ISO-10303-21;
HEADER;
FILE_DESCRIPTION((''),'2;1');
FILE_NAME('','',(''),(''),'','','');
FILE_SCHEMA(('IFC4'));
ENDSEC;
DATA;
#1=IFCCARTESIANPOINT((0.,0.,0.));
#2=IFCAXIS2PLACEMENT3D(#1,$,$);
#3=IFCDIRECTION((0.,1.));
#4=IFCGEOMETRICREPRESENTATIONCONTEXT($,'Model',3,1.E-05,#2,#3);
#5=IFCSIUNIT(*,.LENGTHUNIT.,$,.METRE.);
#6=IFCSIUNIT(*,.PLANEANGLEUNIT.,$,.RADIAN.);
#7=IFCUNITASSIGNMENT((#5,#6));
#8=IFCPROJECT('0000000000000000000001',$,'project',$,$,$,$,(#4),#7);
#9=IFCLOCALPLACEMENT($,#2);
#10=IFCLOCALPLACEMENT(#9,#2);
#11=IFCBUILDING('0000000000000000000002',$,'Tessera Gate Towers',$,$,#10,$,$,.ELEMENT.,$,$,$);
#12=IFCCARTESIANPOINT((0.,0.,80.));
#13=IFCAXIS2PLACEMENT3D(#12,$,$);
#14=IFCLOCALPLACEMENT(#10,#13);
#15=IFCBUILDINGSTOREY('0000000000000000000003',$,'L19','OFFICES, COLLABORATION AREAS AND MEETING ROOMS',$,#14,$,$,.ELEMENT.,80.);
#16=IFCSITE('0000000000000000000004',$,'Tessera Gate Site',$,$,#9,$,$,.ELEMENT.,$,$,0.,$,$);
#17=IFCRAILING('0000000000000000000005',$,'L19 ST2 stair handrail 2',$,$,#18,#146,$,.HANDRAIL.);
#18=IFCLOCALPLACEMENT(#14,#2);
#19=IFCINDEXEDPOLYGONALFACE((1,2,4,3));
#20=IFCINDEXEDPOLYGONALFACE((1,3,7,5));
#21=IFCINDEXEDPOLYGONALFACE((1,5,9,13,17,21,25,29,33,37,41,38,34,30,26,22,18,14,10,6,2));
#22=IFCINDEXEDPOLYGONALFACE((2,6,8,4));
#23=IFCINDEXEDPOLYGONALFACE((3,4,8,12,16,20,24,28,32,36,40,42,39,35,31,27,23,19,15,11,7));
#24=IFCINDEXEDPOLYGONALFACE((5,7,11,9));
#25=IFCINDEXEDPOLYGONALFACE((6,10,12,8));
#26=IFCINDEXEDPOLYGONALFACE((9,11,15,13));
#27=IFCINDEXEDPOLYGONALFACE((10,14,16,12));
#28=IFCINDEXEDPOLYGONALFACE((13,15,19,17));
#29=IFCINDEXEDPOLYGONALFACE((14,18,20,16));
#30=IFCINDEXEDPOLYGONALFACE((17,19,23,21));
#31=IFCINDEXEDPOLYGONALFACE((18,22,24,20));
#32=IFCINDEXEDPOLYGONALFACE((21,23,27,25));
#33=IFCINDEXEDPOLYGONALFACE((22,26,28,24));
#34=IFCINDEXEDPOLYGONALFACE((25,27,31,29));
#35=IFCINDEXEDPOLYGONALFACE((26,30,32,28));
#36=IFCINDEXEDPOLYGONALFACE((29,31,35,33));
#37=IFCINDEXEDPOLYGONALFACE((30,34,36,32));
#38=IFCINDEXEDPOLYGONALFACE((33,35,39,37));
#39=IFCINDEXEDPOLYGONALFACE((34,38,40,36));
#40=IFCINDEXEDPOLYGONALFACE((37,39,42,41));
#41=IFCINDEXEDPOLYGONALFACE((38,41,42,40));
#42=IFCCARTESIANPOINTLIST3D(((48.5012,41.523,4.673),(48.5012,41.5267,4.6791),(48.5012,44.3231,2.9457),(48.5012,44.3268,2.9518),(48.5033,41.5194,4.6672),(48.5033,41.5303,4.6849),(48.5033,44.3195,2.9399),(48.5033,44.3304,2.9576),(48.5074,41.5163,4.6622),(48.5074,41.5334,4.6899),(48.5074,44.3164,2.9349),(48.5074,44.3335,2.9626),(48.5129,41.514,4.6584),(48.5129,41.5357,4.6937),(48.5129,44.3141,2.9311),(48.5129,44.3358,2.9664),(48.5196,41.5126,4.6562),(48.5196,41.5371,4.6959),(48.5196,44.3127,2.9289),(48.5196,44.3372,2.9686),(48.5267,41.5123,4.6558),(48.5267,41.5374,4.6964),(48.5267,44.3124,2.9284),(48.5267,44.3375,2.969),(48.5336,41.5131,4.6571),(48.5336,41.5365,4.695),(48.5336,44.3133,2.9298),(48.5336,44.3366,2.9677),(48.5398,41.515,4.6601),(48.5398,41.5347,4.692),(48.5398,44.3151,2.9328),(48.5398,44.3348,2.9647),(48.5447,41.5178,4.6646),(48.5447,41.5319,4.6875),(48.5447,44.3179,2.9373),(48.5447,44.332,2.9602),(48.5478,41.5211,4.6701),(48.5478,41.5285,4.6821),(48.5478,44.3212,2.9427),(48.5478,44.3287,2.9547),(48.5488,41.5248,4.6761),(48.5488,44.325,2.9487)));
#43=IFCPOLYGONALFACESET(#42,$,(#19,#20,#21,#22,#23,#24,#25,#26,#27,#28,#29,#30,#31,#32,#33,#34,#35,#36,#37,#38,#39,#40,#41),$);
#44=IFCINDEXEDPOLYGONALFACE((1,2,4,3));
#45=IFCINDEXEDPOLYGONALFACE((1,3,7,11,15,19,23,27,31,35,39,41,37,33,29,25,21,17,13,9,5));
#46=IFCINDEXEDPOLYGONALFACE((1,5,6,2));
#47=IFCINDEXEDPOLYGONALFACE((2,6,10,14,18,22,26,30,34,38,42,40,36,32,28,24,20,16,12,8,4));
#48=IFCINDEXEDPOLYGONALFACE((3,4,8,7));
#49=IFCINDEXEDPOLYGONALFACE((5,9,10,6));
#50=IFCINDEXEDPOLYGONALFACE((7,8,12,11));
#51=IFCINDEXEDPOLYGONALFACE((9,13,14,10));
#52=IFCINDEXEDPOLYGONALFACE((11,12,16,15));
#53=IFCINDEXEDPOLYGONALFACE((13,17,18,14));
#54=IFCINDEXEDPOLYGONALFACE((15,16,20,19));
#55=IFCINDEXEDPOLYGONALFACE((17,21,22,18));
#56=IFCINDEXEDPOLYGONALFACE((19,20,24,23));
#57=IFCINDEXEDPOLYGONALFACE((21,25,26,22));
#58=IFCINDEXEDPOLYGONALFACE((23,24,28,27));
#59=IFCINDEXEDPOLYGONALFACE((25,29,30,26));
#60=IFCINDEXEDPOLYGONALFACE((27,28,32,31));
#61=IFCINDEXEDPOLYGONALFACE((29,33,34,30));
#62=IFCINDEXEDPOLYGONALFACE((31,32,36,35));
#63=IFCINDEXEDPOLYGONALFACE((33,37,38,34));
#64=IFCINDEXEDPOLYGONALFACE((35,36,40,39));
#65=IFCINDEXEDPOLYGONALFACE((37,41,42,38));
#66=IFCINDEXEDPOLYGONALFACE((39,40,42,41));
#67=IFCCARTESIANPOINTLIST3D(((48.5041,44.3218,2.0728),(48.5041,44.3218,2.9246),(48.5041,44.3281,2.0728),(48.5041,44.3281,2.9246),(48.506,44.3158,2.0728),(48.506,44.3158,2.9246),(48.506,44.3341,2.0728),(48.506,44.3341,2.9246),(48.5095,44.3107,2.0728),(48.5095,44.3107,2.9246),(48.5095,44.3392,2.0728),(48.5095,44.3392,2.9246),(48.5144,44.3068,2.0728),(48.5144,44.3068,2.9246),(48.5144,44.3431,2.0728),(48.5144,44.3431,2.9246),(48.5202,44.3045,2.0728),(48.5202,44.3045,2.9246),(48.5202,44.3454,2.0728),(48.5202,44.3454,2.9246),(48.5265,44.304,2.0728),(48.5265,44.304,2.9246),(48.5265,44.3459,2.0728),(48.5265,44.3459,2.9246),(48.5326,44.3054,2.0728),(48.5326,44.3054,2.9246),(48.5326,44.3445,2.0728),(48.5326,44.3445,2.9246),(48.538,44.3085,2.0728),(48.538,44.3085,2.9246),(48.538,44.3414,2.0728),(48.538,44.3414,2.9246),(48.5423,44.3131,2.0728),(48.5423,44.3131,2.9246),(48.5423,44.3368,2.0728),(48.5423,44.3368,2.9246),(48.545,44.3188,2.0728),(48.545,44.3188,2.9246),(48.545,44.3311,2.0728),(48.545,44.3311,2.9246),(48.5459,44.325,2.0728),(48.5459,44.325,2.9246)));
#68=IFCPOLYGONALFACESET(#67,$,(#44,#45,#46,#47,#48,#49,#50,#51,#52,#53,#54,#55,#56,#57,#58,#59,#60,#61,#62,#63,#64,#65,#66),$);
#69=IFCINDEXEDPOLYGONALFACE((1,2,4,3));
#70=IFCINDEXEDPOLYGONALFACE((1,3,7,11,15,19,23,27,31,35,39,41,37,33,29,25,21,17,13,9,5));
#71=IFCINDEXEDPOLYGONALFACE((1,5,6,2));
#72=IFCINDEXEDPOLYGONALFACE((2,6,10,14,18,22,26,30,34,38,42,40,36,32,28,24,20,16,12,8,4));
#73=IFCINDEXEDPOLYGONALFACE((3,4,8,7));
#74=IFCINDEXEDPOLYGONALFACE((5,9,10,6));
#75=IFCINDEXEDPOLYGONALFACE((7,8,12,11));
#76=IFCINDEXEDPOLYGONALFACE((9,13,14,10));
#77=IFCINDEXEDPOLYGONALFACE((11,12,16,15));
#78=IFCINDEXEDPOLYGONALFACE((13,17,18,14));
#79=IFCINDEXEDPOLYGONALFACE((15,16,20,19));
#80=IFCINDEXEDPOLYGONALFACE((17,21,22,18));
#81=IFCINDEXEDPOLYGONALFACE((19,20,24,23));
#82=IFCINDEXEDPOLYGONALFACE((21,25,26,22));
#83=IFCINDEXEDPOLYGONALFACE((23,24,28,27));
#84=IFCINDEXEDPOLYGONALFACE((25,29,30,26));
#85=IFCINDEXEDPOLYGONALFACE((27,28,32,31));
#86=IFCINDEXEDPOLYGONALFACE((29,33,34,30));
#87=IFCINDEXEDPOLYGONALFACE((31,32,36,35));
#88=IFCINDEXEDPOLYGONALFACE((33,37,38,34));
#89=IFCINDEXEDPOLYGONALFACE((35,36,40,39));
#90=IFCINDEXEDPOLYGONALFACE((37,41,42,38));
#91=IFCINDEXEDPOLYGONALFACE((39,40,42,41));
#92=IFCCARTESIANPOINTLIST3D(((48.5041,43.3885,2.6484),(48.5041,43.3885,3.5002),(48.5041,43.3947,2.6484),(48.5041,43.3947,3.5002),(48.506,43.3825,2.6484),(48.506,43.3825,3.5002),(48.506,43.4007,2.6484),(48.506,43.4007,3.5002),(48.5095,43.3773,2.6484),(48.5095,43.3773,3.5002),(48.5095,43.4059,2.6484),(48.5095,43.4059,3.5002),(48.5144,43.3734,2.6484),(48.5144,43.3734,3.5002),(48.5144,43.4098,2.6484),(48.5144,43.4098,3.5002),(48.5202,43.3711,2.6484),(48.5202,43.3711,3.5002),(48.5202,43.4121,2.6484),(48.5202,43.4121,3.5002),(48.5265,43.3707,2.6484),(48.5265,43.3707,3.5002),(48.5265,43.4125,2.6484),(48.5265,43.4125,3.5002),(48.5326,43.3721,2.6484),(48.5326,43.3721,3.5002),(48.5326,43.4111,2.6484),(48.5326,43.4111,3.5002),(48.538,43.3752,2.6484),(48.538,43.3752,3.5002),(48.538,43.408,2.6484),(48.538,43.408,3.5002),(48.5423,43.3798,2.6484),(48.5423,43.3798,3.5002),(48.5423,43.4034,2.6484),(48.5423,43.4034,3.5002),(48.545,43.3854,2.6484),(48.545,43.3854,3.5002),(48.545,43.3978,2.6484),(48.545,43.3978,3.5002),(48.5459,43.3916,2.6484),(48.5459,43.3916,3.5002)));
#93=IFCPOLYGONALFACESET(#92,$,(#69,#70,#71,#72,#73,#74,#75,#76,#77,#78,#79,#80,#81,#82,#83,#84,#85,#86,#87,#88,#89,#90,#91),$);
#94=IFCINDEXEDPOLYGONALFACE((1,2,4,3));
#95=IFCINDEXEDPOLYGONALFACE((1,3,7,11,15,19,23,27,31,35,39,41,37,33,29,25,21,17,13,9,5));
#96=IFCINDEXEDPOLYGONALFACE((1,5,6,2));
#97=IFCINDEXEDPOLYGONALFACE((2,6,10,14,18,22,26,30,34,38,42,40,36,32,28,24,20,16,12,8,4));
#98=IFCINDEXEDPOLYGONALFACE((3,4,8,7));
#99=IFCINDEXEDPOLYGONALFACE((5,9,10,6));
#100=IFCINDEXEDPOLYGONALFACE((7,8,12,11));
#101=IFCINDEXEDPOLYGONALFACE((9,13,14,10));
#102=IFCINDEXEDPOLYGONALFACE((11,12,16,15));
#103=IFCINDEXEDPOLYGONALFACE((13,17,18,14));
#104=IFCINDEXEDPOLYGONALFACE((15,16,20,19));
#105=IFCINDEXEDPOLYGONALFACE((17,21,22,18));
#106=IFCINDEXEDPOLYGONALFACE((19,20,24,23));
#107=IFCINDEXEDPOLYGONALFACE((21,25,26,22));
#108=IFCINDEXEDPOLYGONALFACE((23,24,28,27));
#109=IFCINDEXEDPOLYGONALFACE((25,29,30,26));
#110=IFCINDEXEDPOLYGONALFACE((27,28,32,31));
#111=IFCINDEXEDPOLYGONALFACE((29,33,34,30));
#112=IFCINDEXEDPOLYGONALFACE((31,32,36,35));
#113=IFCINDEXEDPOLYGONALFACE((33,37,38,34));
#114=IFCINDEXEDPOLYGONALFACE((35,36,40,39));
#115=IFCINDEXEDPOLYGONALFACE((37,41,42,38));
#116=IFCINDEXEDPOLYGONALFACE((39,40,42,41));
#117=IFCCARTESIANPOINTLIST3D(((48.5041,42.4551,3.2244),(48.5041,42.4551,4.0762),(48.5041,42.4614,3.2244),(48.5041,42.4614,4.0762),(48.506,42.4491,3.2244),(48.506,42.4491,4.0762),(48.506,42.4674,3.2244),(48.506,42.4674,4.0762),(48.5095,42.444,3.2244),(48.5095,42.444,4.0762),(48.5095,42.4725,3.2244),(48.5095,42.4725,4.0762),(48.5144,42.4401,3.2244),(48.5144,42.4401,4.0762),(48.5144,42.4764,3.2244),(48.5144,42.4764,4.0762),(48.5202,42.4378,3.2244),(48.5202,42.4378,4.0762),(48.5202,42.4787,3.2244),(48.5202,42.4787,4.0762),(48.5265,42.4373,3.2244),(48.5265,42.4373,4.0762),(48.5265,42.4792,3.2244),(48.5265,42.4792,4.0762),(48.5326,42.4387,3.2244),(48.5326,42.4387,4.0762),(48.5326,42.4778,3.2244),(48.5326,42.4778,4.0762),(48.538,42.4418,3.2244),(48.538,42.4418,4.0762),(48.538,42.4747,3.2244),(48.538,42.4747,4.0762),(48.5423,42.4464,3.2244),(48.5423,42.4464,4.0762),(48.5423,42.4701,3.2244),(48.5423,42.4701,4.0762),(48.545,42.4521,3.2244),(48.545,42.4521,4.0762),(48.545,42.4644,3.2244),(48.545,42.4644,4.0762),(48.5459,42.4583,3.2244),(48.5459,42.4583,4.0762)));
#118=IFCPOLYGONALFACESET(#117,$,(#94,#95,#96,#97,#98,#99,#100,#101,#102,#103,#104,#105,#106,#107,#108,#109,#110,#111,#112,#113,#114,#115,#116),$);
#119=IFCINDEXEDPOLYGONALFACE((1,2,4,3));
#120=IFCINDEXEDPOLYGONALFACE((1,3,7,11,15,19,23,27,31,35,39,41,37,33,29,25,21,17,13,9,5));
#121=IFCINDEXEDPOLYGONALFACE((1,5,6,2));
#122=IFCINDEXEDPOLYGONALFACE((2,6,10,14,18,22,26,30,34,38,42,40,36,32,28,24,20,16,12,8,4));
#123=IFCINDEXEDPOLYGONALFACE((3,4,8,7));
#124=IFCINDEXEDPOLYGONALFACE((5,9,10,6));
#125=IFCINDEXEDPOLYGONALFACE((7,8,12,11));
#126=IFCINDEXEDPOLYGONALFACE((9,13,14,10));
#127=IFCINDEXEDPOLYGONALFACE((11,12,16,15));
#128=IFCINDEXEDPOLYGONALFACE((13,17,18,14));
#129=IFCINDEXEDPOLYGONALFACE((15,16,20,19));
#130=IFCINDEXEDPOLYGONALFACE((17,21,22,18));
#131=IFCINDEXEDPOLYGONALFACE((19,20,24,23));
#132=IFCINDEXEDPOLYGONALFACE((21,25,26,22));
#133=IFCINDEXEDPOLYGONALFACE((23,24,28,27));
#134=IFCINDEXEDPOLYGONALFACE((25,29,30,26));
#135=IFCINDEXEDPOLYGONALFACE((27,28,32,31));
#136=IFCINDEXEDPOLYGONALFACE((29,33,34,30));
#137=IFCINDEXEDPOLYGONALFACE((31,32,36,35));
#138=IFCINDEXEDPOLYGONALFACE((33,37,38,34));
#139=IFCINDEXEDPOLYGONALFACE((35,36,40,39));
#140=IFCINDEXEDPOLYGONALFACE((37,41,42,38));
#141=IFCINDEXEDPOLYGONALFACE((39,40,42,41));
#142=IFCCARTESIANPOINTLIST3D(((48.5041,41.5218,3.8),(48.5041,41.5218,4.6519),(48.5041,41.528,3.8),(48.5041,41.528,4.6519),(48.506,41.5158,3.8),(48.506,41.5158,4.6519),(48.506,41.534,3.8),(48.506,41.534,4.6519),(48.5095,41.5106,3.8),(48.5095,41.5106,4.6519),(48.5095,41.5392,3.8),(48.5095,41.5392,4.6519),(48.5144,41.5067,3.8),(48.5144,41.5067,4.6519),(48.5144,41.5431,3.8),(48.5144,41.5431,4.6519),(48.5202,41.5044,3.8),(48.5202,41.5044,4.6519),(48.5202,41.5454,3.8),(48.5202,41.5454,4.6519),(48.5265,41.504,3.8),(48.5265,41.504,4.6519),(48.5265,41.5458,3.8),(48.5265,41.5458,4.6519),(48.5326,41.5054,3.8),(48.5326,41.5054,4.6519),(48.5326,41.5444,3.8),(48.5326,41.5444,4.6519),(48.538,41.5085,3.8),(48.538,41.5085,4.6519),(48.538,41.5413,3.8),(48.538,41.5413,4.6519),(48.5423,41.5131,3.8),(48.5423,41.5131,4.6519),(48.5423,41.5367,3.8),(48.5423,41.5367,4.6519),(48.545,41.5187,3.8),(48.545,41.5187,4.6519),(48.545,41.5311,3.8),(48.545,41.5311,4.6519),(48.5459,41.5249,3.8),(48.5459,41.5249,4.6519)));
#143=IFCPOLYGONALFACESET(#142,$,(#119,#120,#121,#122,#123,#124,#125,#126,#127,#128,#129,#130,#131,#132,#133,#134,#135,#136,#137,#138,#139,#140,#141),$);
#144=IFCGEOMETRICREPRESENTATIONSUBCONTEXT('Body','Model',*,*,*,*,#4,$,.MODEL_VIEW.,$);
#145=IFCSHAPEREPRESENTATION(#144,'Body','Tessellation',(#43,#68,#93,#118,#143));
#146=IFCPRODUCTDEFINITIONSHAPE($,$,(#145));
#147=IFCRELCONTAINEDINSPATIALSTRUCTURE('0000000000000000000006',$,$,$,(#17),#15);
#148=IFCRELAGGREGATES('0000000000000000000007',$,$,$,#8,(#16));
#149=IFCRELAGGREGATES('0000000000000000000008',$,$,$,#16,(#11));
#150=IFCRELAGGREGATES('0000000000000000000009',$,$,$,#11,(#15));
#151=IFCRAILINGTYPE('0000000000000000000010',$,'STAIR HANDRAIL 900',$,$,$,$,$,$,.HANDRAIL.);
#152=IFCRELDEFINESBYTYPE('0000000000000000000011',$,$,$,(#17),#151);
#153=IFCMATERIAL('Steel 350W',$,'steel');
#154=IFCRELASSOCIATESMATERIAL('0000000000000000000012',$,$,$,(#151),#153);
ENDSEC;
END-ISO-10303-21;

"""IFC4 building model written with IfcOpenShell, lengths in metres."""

from ifc_helpers import new_model, si_unit, direction, frame, origin, origin_2d, place, context, subcontext, project, spatial, circle, extrude, material, type_object, element, save


model = new_model("IFC4")

# Units and contexts
model_context = context("Model", 3, precision=1e-05, world=origin(), true_north=direction((0.0, 1.0)))
body_context = subcontext(model_context, "Body", "Model", "MODEL_VIEW")
ifc_project = project(units=[si_unit("LENGTHUNIT", "METRE"), si_unit("PLANEANGLEUNIT", "RADIAN")], contexts=[model_context])

# Site, building, storey
site_placement = place(None, origin())
site = spatial("IfcSite", under=ifc_project, at=site_placement, Name="Tessera Gate Site", CompositionType="ELEMENT", RefElevation=0.0)
building_placement = place(site_placement, origin())
building = spatial("IfcBuilding", under=site, at=building_placement, Name="Tessera Gate Towers", CompositionType="ELEMENT")
storey_placement = place(building_placement, frame((0.0, 0.0, 80.0)))
storey = spatial("IfcBuildingStorey", under=building, at=storey_placement, Name="L19", Description="OFFICES, COLLABORATION AREAS AND MEETING ROOMS", CompositionType="ELEMENT", Elevation=80.0)

# Railing
ifc_material_1 = material(Name="Steel 350W", Category="steel")
railing_type = type_object("IfcRailingType", Name="STAIR HANDRAIL 900", PredefinedType="HANDRAIL", material=ifc_material_1)
railing_placement = place(storey_placement, frame((48.5249, 44.325, 2.0728)))
element("IfcRailing", 1, at=railing_placement, inside=storey, type_object=railing_type, Name="L19 ST2 stair handrail 2", PredefinedType="HANDRAIL", context=body_context, shape_type="SweptSolid", body=[
    extrude(circle(Radius=0.0239, at=origin_2d()), frame((0.0, 0.0, 0.876), z_axis=(0.0, -0.85109, 0.52502), x_axis=(1.0, 0.0, 0.0)), (0.0, 0.0, 1.0), 3.29),
    extrude(circle(Radius=0.021, at=origin_2d()), origin(), (0.0, 0.0, 1.0), 0.8518),
    extrude(circle(Radius=0.021, at=origin_2d()), frame((0.0, -0.9333, 0.5757)), (0.0, 0.0, 1.0), 0.8518),
    extrude(circle(Radius=0.021, at=origin_2d()), frame((0.0, -1.8667, 1.1516)), (0.0, 0.0, 1.0), 0.8518),
    extrude(circle(Radius=0.021, at=origin_2d()), frame((0.0, -2.8, 1.7273)), (0.0, 0.0, 1.0), 0.8518),
])

save(model, "model.ifc")
